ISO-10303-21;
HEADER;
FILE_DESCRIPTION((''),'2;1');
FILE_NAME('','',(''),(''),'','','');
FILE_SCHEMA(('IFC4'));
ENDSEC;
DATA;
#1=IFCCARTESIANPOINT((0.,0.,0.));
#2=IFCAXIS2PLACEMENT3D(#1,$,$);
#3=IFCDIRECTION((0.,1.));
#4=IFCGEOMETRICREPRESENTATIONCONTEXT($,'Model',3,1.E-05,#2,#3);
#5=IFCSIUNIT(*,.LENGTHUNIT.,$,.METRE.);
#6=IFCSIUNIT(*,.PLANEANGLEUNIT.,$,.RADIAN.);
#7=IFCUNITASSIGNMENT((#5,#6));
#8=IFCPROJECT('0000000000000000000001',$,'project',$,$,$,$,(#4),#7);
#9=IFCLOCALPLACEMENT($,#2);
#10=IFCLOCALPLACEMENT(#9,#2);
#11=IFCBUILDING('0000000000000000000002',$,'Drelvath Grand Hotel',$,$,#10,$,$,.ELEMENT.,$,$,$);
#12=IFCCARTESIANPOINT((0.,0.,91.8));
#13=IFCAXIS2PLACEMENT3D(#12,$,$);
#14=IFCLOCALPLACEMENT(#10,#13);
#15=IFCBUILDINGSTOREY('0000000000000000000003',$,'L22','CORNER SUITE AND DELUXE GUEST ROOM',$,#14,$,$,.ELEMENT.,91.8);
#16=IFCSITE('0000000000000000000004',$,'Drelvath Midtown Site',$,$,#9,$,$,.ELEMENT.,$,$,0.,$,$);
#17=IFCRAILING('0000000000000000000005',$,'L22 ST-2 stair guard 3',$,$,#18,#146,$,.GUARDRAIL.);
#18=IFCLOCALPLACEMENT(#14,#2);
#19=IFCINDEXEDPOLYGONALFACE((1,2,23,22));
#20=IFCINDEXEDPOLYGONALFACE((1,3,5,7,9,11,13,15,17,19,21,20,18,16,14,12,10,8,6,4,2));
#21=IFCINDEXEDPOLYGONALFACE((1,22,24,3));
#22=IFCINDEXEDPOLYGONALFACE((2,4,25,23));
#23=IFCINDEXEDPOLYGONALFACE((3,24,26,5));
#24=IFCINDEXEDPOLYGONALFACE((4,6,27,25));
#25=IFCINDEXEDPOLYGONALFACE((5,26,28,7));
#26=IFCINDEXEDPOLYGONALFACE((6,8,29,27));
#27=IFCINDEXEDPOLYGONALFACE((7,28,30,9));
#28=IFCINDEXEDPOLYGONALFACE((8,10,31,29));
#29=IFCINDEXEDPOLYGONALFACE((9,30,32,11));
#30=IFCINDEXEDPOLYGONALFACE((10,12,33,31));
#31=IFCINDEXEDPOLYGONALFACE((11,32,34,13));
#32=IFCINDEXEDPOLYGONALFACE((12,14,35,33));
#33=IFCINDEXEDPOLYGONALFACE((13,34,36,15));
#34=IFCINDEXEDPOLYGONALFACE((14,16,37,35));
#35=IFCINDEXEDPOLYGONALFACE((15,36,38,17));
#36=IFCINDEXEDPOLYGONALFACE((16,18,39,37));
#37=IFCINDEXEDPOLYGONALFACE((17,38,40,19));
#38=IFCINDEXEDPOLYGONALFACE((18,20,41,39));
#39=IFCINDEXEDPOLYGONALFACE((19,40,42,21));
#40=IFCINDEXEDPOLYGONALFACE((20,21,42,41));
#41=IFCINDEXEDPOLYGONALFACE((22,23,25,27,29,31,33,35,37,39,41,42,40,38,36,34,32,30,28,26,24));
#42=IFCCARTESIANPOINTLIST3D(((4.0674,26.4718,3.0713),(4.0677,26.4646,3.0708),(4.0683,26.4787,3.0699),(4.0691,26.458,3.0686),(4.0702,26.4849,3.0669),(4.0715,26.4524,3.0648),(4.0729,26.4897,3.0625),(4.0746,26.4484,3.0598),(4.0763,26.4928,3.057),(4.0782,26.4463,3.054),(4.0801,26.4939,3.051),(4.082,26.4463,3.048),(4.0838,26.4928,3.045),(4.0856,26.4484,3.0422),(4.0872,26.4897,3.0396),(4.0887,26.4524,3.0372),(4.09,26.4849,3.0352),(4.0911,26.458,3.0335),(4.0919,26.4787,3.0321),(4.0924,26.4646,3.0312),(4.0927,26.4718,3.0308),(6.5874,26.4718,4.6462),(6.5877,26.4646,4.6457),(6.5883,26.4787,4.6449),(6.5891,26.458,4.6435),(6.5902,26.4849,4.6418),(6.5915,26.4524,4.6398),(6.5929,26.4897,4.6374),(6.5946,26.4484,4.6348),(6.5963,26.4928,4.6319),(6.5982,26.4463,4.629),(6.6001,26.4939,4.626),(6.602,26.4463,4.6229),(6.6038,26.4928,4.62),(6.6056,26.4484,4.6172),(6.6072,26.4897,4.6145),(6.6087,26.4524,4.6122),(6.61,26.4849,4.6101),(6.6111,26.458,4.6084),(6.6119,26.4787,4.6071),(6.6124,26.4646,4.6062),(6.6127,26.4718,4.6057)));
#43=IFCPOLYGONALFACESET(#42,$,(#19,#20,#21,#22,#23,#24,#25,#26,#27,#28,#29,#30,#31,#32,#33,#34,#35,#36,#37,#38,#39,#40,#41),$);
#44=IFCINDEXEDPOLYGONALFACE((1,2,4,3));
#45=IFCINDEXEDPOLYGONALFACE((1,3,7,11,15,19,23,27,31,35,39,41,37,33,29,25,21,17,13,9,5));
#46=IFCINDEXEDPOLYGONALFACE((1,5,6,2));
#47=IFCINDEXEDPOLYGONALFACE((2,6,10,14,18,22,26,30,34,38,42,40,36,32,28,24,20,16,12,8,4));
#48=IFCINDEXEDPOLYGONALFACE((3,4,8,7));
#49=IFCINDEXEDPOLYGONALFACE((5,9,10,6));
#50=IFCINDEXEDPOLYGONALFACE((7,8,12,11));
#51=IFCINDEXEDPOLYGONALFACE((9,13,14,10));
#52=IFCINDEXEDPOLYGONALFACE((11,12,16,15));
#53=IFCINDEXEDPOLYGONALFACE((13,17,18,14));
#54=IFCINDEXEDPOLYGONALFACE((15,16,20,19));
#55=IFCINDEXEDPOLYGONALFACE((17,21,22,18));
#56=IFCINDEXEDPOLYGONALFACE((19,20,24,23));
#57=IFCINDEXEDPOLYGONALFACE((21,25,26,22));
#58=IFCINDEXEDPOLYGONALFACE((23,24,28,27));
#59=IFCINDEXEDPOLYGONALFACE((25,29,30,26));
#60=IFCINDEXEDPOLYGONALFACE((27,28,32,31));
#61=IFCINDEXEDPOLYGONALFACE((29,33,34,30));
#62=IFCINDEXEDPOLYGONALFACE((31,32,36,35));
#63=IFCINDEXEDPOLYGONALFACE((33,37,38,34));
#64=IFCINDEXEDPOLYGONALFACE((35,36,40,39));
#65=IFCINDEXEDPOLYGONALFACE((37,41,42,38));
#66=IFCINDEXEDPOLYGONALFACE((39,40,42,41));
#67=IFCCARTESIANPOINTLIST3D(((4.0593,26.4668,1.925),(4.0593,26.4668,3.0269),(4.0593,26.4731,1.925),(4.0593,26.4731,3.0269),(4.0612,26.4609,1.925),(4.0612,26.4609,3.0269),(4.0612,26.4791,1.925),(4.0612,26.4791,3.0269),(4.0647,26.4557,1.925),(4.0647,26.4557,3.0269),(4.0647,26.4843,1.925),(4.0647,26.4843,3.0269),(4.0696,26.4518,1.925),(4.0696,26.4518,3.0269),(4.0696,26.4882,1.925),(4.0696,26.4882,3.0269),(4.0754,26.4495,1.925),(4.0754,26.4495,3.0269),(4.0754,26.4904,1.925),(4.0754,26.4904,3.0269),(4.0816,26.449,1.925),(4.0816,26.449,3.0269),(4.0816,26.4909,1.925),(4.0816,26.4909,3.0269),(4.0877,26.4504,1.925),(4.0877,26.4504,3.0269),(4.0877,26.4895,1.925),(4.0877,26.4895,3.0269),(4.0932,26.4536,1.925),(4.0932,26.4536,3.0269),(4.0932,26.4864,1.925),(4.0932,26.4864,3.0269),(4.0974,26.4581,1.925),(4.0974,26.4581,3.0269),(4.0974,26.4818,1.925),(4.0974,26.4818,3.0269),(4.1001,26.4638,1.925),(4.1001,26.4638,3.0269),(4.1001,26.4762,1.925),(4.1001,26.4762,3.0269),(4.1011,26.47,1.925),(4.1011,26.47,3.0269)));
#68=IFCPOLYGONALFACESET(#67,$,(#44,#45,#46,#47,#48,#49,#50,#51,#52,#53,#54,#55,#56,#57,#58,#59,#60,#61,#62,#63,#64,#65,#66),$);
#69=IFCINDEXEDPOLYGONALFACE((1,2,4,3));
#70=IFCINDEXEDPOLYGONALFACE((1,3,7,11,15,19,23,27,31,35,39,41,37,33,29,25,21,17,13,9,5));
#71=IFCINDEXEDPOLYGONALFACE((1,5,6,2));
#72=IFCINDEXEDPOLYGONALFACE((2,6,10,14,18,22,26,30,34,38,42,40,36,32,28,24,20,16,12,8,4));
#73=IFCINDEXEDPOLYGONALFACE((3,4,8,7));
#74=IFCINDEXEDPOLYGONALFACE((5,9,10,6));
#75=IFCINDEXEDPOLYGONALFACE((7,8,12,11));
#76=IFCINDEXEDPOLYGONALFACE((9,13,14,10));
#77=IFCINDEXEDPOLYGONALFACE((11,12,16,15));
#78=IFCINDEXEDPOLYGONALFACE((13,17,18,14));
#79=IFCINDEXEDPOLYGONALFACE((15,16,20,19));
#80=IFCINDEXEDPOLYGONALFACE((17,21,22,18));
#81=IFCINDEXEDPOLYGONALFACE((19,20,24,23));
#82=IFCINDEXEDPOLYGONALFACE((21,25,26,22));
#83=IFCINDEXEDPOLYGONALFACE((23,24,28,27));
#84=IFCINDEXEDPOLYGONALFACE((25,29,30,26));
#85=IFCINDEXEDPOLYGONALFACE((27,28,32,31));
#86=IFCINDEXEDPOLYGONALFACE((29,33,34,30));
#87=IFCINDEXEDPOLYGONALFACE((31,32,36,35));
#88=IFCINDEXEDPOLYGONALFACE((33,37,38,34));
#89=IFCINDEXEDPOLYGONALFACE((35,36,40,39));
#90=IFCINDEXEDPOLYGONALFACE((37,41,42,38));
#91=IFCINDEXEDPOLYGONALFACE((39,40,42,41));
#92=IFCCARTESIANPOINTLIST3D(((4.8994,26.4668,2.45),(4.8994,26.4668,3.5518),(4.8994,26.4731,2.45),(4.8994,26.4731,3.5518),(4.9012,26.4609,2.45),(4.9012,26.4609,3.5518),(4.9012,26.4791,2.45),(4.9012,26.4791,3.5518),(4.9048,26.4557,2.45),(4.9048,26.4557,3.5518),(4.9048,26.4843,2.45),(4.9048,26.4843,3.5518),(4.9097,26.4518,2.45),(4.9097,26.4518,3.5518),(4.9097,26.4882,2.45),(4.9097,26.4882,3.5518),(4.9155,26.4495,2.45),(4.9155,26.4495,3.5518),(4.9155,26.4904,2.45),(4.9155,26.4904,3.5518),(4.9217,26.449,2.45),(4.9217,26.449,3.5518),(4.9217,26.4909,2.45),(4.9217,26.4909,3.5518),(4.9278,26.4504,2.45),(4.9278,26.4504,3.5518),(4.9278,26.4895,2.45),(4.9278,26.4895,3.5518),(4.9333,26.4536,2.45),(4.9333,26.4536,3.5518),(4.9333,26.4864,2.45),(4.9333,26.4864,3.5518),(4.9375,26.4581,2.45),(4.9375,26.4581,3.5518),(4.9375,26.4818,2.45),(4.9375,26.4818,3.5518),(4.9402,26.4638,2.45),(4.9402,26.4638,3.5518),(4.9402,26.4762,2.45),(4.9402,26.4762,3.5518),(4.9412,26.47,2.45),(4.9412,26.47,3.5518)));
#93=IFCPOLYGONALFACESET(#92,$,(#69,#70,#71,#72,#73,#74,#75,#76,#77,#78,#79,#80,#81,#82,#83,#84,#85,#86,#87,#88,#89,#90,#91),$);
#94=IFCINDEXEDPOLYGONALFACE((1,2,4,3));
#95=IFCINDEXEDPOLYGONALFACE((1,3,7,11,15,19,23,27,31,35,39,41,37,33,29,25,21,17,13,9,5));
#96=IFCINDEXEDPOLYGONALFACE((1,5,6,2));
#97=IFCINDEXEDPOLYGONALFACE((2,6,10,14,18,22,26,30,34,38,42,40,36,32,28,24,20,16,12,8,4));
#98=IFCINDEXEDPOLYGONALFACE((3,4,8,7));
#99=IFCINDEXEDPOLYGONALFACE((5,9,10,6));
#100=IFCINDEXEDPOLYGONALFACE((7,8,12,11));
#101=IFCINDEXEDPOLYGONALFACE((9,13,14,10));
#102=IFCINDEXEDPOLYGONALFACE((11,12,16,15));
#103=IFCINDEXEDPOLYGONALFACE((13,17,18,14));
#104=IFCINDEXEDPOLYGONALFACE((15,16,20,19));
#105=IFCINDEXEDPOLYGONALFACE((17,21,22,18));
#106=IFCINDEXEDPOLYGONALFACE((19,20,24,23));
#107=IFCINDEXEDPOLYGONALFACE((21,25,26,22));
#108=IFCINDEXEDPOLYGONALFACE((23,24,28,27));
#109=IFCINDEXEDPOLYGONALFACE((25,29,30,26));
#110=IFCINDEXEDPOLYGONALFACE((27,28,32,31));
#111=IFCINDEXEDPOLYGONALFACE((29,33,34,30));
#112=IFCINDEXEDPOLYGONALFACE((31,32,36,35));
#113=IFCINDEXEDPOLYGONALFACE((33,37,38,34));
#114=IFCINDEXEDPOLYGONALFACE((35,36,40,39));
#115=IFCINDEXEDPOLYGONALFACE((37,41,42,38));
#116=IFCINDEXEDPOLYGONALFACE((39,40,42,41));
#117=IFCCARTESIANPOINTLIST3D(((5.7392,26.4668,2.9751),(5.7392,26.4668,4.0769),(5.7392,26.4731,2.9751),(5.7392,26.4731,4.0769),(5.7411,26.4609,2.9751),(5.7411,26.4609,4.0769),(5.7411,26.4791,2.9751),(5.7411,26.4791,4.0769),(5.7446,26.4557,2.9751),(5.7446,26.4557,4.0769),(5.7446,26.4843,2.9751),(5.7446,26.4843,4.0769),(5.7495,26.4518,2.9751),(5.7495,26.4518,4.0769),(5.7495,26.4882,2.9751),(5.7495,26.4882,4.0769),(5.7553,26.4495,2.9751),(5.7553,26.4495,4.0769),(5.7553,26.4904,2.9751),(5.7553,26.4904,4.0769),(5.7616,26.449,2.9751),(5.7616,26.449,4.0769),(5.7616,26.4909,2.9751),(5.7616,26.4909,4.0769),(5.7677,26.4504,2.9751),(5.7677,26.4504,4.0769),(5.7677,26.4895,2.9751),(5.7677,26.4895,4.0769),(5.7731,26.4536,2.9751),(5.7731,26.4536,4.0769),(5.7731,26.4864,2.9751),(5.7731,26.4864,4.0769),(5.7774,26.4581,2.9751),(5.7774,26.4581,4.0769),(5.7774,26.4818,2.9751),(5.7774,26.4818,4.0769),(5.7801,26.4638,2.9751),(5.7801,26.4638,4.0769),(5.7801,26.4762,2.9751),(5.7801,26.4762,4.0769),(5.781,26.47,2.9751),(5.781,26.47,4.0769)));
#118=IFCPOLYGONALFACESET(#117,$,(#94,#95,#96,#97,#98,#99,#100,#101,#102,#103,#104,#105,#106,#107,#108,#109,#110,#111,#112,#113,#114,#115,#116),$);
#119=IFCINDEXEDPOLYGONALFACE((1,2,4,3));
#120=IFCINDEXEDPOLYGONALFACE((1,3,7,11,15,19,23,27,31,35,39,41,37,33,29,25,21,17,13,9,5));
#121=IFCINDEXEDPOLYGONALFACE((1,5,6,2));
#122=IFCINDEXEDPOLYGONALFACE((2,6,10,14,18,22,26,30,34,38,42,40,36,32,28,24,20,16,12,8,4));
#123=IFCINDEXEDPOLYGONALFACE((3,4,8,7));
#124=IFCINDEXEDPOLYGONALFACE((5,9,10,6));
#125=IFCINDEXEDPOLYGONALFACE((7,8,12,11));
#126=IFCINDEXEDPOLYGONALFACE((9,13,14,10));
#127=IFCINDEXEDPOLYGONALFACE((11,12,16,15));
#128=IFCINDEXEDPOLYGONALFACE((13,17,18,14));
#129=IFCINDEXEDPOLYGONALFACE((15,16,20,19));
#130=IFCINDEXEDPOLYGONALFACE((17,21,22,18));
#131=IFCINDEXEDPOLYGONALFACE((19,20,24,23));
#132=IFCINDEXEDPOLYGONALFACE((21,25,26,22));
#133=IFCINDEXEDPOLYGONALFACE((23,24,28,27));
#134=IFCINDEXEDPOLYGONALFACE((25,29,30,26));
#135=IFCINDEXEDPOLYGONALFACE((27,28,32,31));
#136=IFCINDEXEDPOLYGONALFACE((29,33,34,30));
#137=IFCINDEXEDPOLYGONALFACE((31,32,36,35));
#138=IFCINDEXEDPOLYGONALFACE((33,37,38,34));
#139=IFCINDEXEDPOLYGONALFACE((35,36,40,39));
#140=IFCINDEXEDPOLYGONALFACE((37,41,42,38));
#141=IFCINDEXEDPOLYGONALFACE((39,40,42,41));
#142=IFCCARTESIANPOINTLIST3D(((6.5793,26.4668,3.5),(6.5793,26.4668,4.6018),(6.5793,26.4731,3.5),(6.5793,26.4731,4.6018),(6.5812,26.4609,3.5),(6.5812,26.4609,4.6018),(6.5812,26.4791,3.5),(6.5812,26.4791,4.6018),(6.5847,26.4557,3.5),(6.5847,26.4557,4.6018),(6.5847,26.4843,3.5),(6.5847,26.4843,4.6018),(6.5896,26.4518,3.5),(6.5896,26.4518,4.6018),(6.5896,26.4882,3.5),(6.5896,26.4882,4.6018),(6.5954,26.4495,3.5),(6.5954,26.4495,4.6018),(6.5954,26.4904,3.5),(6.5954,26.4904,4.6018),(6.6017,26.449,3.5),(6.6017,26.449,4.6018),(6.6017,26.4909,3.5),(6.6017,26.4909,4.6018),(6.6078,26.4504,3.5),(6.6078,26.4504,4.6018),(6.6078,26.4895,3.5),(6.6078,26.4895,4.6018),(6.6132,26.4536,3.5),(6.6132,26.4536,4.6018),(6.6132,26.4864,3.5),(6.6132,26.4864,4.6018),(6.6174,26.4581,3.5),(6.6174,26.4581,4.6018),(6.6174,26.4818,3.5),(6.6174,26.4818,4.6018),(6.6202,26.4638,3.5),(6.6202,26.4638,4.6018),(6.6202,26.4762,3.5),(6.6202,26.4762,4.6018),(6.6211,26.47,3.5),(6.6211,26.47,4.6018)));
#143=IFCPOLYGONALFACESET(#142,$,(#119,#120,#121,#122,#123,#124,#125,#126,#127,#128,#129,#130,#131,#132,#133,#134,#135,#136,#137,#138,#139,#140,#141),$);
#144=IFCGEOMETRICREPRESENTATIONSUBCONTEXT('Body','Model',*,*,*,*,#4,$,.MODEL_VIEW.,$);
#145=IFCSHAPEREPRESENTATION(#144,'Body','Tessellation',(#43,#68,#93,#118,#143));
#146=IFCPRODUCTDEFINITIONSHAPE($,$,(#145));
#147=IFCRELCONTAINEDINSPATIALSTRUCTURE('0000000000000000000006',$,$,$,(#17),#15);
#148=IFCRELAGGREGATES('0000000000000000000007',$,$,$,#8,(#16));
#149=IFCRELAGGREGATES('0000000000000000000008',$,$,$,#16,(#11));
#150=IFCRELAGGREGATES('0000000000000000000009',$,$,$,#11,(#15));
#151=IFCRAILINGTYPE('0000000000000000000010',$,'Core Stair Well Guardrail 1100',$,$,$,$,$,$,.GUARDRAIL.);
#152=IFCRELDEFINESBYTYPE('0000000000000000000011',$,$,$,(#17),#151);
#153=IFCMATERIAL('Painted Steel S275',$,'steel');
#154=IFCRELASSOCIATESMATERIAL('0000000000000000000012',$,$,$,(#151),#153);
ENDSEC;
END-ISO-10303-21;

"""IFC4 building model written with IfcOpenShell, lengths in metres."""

from ifc_helpers import new_model, si_unit, direction, frame, origin, origin_2d, place, context, subcontext, project, spatial, circle, extrude, material, type_object, element, save


model = new_model("IFC4")

# Units and contexts
model_context = context("Model", 3, precision=1e-05, world=origin(), true_north=direction((0.0, 1.0)))
body_context = subcontext(model_context, "Body", "Model", "MODEL_VIEW")
ifc_project = project(units=[si_unit("LENGTHUNIT", "METRE"), si_unit("PLANEANGLEUNIT", "RADIAN")], contexts=[model_context])

# Site, building, storey
site_placement = place(None, origin())
site = spatial("IfcSite", under=ifc_project, at=site_placement, Name="Drelvath Midtown Site", CompositionType="ELEMENT", RefElevation=0.0)
building_placement = place(site_placement, origin())
building = spatial("IfcBuilding", under=site, at=building_placement, Name="Drelvath Grand Hotel", CompositionType="ELEMENT")
storey_placement = place(building_placement, frame((0.0, 0.0, 91.8)))
storey = spatial("IfcBuildingStorey", under=building, at=storey_placement, Name="L22", Description="CORNER SUITE AND DELUXE GUEST ROOM", CompositionType="ELEMENT", Elevation=91.8)

# Railing
ifc_material_1 = material(Name="Painted Steel S275", Category="steel")
railing_type_1 = type_object("IfcRailingType", Name="Core Stair Well Guardrail 1100", PredefinedType="GUARDRAIL", material=ifc_material_1)
railing_1_placement = place(storey_placement, frame((4.0801, 26.47, 1.925)))
element("IfcRailing", 1, at=railing_1_placement, inside=storey, type_object=railing_type_1, Name="L22 ST-2 stair guard 3", PredefinedType="GUARDRAIL", context=body_context, shape_type="SweptSolid", body=[
    extrude(circle(Radius=0.0239, at=origin_2d()), frame((0.0, 0.0, 1.126), z_axis=(0.848008, 0.0, 0.529984), x_axis=(0.0, 1.0, 0.0)), (0.0, 0.0, 1.0), 2.9717),
    extrude(circle(Radius=0.021, at=origin_2d()), origin(), (0.0, 0.0, 1.0), 1.1018),
    extrude(circle(Radius=0.021, at=origin_2d()), frame((0.8401, 0.0, 0.5249)), (0.0, 0.0, 1.0), 1.1018),
    extrude(circle(Radius=0.021, at=origin_2d()), frame((1.6799, 0.0, 1.05)), (0.0, 0.0, 1.0), 1.1018),
    extrude(circle(Radius=0.021, at=origin_2d()), frame((2.52, 0.0, 1.575)), (0.0, 0.0, 1.0), 1.1018),
])

save(model, "model.ifc")
